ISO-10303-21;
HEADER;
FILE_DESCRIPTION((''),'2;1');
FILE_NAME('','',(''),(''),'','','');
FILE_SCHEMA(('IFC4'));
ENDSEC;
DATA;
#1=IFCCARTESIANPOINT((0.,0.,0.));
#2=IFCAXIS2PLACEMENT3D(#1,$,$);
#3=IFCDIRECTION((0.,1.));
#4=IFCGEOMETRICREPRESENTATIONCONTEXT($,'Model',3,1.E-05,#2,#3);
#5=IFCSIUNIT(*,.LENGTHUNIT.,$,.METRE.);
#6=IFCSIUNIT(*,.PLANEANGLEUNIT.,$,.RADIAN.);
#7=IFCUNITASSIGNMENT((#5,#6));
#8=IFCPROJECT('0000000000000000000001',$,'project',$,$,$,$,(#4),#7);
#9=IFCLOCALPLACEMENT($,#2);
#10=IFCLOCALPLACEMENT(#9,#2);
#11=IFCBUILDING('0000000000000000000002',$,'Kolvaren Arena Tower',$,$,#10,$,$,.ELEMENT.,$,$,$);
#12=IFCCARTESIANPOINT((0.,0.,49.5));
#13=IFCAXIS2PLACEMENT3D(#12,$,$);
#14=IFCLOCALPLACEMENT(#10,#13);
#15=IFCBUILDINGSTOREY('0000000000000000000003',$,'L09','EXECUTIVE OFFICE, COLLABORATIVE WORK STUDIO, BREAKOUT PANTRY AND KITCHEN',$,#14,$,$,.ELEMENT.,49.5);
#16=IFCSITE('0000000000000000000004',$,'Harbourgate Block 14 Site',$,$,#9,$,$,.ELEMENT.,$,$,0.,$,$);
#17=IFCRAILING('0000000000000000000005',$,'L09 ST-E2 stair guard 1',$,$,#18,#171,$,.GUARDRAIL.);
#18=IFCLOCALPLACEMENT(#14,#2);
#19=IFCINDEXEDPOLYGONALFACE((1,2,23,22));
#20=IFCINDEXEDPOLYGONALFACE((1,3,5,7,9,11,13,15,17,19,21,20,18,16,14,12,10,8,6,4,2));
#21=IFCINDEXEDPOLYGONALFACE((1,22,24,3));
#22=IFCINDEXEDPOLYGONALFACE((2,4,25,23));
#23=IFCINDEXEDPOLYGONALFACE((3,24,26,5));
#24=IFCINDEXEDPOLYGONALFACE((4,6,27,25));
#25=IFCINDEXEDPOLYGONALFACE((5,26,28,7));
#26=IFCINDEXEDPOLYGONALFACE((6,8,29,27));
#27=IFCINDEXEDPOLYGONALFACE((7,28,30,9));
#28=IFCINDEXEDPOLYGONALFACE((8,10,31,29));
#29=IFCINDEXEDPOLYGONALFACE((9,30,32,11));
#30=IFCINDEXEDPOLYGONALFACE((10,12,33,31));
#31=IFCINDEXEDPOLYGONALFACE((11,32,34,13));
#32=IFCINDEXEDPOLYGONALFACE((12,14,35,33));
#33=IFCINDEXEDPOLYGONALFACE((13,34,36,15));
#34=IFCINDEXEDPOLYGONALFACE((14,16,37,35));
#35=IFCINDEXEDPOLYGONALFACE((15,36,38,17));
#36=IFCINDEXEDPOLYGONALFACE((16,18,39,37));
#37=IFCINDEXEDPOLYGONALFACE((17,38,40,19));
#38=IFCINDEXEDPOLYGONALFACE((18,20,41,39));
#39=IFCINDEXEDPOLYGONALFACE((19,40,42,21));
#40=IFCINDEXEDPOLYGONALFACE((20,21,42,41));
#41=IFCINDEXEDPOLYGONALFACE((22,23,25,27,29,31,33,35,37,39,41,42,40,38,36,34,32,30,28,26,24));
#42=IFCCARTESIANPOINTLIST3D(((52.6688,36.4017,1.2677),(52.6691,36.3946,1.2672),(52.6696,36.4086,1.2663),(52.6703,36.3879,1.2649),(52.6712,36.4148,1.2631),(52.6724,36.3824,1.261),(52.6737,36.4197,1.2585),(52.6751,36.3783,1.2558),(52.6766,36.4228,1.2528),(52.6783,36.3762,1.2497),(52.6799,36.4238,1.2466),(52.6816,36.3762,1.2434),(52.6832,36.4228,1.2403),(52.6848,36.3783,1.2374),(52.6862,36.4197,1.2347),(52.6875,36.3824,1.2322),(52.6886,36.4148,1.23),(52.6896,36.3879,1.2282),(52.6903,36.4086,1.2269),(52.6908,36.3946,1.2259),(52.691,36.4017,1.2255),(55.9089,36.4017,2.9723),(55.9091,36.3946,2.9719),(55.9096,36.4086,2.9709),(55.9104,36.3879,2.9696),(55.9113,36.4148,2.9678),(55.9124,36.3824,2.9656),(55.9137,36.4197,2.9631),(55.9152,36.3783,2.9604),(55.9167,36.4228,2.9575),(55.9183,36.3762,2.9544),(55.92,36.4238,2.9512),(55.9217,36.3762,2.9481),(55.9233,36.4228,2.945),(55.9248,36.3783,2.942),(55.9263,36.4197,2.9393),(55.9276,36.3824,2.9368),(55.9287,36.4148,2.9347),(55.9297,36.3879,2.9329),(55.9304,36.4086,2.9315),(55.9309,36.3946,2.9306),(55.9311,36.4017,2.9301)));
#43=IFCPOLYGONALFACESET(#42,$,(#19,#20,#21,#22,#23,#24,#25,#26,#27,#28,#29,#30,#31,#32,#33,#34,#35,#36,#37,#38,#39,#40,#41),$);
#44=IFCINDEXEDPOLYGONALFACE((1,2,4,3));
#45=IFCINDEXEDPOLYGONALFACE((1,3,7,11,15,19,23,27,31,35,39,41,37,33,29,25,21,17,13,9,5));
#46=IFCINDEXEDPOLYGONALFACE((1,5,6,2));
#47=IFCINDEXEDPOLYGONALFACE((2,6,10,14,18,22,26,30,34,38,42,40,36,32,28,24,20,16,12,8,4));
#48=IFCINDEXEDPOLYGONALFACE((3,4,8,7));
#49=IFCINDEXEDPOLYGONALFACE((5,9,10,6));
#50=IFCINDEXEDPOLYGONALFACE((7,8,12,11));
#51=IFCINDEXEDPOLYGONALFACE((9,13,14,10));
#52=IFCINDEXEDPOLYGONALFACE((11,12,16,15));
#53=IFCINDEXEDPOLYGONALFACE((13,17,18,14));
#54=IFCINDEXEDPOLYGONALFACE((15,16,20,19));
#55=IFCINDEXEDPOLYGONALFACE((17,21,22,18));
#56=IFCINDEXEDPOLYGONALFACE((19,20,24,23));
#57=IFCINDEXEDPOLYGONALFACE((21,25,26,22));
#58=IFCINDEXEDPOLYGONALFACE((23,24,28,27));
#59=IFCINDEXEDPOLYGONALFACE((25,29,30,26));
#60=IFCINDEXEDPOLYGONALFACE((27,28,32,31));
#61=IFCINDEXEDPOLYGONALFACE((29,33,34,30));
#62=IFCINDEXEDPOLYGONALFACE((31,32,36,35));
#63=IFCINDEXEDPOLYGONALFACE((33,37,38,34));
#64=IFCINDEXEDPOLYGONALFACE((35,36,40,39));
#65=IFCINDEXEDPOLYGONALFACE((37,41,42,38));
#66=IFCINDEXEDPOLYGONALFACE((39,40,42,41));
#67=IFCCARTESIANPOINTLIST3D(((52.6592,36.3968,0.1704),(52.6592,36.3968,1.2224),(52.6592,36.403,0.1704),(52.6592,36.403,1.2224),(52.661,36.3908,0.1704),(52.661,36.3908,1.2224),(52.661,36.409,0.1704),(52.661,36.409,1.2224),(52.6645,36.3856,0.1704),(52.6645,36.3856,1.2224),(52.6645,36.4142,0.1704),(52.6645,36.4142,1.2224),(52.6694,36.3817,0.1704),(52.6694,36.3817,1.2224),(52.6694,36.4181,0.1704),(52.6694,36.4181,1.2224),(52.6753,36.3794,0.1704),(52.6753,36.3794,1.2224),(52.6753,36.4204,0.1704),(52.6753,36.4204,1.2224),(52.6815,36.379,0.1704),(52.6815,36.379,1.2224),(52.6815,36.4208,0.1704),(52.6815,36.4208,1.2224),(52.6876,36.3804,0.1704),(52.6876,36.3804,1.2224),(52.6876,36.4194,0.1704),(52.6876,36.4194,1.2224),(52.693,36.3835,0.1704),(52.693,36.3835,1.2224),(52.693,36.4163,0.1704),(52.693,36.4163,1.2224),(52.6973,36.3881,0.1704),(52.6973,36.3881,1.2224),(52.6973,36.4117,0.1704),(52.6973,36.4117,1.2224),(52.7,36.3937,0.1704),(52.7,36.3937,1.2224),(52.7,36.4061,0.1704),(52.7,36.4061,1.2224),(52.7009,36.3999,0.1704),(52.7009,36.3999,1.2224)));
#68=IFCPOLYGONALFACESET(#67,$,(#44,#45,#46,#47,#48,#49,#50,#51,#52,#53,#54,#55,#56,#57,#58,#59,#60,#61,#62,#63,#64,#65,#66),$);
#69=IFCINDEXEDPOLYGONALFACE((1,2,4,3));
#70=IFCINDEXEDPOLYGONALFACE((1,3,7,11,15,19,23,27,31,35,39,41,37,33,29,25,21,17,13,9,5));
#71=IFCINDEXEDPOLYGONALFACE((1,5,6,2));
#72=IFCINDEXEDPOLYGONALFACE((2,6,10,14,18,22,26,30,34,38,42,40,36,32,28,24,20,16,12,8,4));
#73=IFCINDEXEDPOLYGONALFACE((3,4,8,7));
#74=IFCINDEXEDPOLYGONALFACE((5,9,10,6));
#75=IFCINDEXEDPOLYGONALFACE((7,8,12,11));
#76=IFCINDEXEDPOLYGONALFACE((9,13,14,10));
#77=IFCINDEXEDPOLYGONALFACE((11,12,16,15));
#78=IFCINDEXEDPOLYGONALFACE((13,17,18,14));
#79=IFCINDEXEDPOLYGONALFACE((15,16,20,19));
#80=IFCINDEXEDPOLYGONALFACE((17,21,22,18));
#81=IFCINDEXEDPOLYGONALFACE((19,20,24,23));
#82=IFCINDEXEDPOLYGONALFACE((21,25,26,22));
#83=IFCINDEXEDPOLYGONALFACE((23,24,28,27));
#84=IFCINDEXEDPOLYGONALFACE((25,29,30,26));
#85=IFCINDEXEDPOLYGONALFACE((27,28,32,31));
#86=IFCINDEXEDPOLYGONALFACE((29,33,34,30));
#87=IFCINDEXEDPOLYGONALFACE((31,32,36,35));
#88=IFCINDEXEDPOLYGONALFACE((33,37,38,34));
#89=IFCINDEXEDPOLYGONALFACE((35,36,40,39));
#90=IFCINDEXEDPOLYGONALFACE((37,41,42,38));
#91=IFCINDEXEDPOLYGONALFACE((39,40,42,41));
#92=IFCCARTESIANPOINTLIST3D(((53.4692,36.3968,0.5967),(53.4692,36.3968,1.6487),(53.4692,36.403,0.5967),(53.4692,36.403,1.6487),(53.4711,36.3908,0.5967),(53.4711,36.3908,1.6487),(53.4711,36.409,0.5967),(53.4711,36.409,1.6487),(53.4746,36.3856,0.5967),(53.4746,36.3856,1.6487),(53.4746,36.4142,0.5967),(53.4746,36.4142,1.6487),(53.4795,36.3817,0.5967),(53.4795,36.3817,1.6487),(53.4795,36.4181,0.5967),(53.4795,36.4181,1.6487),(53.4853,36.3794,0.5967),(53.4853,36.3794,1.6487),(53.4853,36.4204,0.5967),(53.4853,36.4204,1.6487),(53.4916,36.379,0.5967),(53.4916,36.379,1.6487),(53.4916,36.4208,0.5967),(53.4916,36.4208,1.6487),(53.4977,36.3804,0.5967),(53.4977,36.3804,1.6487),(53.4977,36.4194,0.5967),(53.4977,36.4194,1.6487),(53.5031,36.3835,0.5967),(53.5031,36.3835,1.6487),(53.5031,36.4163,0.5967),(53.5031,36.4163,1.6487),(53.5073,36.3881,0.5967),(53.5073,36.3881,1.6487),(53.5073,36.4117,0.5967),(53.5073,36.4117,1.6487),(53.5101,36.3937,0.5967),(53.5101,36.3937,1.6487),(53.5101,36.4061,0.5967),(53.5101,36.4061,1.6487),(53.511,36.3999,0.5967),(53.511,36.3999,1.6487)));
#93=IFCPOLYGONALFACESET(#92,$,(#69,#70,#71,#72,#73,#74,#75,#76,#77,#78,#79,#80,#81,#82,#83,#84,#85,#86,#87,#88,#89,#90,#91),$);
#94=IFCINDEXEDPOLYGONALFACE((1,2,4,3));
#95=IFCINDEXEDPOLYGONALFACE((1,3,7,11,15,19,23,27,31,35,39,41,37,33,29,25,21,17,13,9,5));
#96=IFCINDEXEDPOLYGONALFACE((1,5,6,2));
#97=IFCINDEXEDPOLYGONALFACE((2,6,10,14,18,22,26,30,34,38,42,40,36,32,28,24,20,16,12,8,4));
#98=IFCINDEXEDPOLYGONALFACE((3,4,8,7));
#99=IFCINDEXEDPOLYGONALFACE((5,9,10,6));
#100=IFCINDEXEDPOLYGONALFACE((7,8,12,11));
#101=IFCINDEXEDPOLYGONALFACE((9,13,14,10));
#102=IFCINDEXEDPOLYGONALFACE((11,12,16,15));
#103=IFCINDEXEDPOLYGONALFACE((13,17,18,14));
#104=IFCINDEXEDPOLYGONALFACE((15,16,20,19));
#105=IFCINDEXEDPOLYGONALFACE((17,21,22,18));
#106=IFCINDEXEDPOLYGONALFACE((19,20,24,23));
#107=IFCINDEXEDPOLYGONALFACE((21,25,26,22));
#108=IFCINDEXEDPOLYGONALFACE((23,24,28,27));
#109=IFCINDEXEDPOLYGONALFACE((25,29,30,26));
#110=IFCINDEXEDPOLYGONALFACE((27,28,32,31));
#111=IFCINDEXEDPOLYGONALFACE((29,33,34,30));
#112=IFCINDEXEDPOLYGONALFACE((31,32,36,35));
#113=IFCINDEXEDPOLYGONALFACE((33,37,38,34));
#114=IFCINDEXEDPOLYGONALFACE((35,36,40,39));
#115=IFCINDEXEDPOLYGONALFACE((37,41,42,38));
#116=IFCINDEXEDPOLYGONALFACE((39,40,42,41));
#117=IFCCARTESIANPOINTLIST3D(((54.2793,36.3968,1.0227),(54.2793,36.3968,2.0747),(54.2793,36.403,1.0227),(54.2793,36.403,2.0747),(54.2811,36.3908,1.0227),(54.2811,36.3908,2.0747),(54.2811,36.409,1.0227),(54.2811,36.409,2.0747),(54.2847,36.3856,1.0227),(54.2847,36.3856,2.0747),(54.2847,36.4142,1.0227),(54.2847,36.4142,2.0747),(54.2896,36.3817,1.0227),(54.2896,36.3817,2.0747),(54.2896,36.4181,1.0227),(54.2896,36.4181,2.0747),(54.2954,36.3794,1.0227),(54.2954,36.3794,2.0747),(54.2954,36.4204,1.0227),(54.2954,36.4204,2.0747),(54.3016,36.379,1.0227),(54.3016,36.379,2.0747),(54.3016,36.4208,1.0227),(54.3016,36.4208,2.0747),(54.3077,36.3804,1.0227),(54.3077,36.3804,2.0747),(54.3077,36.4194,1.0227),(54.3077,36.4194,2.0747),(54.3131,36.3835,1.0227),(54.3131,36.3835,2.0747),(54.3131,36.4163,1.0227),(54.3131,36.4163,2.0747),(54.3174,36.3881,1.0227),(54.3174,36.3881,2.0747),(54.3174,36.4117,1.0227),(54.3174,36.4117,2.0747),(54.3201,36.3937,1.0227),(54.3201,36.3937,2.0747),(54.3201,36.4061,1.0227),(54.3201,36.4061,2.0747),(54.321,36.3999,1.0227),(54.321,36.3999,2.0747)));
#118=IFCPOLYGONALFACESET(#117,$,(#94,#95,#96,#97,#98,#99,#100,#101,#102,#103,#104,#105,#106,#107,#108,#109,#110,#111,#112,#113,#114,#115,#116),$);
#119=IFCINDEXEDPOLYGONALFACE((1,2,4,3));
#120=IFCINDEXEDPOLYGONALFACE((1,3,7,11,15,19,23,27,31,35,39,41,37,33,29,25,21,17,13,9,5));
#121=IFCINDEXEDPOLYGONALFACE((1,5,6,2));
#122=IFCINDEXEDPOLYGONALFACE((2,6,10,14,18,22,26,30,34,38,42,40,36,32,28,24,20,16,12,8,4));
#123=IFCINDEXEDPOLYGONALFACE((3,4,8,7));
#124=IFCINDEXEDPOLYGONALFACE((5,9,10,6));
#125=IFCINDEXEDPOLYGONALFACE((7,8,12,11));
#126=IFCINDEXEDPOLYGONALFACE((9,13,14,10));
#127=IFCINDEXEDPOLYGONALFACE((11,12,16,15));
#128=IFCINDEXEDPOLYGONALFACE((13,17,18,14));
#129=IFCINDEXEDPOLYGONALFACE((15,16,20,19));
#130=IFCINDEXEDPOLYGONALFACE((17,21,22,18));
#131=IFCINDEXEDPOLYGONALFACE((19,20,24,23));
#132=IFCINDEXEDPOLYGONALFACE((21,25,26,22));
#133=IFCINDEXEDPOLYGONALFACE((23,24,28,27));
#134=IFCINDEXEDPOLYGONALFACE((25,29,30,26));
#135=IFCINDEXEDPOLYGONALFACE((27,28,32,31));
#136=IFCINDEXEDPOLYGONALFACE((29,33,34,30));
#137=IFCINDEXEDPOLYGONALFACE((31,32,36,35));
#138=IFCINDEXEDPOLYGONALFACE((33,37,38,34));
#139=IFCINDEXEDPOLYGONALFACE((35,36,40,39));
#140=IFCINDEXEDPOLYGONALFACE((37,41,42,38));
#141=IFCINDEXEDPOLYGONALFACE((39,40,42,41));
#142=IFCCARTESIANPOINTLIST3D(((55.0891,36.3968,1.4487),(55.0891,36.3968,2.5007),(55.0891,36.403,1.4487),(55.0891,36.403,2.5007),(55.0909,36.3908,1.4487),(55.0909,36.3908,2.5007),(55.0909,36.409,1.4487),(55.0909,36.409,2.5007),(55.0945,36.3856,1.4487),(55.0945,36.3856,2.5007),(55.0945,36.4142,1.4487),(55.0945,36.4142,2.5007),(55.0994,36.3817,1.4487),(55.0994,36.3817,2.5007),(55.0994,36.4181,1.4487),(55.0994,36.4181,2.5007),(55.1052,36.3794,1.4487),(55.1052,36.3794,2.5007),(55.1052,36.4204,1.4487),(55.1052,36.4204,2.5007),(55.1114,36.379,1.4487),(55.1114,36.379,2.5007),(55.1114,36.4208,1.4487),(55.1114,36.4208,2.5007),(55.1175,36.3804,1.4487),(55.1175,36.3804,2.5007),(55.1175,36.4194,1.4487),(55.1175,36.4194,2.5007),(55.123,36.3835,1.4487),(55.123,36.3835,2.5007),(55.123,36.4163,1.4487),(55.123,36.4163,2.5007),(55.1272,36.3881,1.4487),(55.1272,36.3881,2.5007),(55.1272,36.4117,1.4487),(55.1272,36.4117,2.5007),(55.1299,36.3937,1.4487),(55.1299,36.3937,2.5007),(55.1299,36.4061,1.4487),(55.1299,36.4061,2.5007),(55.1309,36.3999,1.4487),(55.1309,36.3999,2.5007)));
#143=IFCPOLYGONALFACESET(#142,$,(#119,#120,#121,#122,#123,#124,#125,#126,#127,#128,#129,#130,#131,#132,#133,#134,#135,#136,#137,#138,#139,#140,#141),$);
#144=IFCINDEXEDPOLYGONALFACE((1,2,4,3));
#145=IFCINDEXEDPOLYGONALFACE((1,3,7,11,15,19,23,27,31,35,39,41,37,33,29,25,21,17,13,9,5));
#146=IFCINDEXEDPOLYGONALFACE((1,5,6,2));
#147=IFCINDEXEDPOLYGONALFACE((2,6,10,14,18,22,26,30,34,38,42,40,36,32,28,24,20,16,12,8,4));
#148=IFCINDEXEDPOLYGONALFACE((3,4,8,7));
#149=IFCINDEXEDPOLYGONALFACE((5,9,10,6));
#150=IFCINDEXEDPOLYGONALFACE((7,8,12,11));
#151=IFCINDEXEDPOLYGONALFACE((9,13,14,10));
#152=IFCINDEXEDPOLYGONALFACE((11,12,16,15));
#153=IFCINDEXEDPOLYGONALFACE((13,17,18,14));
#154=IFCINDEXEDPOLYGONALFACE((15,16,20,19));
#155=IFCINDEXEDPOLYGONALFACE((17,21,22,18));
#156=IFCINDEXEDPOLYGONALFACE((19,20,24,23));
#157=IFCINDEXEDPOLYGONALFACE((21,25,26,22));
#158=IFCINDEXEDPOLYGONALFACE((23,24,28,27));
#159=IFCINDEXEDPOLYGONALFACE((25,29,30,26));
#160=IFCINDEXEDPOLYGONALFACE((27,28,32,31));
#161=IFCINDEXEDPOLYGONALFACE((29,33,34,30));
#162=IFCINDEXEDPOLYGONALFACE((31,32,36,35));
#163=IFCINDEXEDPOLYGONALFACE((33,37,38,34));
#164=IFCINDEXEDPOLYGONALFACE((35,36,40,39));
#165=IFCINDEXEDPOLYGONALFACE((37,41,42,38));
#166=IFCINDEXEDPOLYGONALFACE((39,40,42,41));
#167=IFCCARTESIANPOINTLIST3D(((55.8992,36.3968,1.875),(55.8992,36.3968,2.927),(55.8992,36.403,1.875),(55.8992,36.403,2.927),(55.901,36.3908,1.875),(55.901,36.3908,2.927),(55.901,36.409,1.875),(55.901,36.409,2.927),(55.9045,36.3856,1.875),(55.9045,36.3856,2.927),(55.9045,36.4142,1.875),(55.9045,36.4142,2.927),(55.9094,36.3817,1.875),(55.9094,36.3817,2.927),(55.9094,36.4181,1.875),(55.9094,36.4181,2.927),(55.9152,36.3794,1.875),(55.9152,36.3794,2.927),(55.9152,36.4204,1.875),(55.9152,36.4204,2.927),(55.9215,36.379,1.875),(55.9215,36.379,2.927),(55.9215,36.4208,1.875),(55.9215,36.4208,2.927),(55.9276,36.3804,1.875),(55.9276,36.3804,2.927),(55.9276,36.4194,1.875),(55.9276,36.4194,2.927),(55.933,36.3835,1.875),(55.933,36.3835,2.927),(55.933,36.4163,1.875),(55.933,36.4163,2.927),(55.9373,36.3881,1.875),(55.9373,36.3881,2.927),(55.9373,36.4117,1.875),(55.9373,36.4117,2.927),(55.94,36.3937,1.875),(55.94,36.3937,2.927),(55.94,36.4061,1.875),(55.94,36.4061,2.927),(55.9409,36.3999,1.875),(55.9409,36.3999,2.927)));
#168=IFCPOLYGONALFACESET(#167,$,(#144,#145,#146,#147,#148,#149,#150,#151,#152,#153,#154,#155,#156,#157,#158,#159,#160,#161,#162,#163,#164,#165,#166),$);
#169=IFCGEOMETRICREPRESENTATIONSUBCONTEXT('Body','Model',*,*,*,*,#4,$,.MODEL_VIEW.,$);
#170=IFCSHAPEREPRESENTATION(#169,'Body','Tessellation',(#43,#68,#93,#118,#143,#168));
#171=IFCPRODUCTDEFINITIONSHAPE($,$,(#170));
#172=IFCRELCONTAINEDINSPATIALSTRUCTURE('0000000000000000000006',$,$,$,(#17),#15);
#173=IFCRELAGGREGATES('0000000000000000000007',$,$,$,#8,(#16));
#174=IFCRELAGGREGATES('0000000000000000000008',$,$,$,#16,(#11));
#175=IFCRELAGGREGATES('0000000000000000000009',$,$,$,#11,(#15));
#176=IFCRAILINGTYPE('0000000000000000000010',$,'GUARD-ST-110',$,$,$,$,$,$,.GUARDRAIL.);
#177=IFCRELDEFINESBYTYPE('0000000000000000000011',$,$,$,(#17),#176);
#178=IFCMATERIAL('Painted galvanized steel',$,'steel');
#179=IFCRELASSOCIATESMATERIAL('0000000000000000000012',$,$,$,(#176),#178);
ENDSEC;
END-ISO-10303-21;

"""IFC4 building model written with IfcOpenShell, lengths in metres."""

from ifc_helpers import new_model, si_unit, direction, frame, origin, origin_2d, place, context, subcontext, project, spatial, circle, extrude, material, type_object, element, save


model = new_model("IFC4")

# Units and contexts
model_context = context("Model", 3, precision=1e-05, world=origin(), true_north=direction((0.0, 1.0)))
body_context = subcontext(model_context, "Body", "Model", "MODEL_VIEW")
ifc_project = project(units=[si_unit("LENGTHUNIT", "METRE"), si_unit("PLANEANGLEUNIT", "RADIAN")], contexts=[model_context])

# Site, building, storey
site_placement = place(None, origin())
site = spatial("IfcSite", under=ifc_project, at=site_placement, Name="Harbourgate Block 14 Site", CompositionType="ELEMENT", RefElevation=0.0)
building_placement = place(site_placement, origin())
building = spatial("IfcBuilding", under=site, at=building_placement, Name="Kolvaren Arena Tower", CompositionType="ELEMENT")
storey_placement = place(building_placement, frame((0.0, 0.0, 49.5)))
storey = spatial("IfcBuildingStorey", under=building, at=storey_placement, Name="L09", Description="EXECUTIVE OFFICE, COLLABORATIVE WORK STUDIO, BREAKOUT PANTRY AND KITCHEN", CompositionType="ELEMENT", Elevation=49.5)

# Railing
ifc_material_1 = material(Name="Painted galvanized steel", Category="steel")
railing_type_1 = type_object("IfcRailingType", Name="GUARD-ST-110", PredefinedType="GUARDRAIL", material=ifc_material_1)
railing_1_placement = place(storey_placement, frame((52.6799, 36.3999, 0.1704)))
element("IfcRailing", 1, at=railing_1_placement, inside=storey, type_object=railing_type_1, Name="L09 ST-E2 stair guard 1", PredefinedType="GUARDRAIL", context=body_context, shape_type="SweptSolid", body=[
    extrude(circle(Radius=0.0239, at=origin_2d()), frame((0.0, 0.0, 1.0762), z_axis=(0.884993, 0.0, 0.465604), x_axis=(0.0, 1.0, 0.0)), (0.0, 0.0, 1.0), 3.6611),
    extrude(circle(Radius=0.021, at=origin_2d()), origin(), (0.0, 0.0, 1.0), 1.052),
    extrude(circle(Radius=0.021, at=origin_2d()), frame((0.8101, 0.0, 0.4263)), (0.0, 0.0, 1.0), 1.052),
    extrude(circle(Radius=0.021, at=origin_2d()), frame((1.6201, 0.0, 0.8523)), (0.0, 0.0, 1.0), 1.052),
    extrude(circle(Radius=0.021, at=origin_2d()), frame((2.4299, 0.0, 1.2783)), (0.0, 0.0, 1.0), 1.052),
    extrude(circle(Radius=0.021, at=origin_2d()), frame((3.24, 0.0, 1.7046)), (0.0, 0.0, 1.0), 1.052),
])

save(model, "model.ifc")
